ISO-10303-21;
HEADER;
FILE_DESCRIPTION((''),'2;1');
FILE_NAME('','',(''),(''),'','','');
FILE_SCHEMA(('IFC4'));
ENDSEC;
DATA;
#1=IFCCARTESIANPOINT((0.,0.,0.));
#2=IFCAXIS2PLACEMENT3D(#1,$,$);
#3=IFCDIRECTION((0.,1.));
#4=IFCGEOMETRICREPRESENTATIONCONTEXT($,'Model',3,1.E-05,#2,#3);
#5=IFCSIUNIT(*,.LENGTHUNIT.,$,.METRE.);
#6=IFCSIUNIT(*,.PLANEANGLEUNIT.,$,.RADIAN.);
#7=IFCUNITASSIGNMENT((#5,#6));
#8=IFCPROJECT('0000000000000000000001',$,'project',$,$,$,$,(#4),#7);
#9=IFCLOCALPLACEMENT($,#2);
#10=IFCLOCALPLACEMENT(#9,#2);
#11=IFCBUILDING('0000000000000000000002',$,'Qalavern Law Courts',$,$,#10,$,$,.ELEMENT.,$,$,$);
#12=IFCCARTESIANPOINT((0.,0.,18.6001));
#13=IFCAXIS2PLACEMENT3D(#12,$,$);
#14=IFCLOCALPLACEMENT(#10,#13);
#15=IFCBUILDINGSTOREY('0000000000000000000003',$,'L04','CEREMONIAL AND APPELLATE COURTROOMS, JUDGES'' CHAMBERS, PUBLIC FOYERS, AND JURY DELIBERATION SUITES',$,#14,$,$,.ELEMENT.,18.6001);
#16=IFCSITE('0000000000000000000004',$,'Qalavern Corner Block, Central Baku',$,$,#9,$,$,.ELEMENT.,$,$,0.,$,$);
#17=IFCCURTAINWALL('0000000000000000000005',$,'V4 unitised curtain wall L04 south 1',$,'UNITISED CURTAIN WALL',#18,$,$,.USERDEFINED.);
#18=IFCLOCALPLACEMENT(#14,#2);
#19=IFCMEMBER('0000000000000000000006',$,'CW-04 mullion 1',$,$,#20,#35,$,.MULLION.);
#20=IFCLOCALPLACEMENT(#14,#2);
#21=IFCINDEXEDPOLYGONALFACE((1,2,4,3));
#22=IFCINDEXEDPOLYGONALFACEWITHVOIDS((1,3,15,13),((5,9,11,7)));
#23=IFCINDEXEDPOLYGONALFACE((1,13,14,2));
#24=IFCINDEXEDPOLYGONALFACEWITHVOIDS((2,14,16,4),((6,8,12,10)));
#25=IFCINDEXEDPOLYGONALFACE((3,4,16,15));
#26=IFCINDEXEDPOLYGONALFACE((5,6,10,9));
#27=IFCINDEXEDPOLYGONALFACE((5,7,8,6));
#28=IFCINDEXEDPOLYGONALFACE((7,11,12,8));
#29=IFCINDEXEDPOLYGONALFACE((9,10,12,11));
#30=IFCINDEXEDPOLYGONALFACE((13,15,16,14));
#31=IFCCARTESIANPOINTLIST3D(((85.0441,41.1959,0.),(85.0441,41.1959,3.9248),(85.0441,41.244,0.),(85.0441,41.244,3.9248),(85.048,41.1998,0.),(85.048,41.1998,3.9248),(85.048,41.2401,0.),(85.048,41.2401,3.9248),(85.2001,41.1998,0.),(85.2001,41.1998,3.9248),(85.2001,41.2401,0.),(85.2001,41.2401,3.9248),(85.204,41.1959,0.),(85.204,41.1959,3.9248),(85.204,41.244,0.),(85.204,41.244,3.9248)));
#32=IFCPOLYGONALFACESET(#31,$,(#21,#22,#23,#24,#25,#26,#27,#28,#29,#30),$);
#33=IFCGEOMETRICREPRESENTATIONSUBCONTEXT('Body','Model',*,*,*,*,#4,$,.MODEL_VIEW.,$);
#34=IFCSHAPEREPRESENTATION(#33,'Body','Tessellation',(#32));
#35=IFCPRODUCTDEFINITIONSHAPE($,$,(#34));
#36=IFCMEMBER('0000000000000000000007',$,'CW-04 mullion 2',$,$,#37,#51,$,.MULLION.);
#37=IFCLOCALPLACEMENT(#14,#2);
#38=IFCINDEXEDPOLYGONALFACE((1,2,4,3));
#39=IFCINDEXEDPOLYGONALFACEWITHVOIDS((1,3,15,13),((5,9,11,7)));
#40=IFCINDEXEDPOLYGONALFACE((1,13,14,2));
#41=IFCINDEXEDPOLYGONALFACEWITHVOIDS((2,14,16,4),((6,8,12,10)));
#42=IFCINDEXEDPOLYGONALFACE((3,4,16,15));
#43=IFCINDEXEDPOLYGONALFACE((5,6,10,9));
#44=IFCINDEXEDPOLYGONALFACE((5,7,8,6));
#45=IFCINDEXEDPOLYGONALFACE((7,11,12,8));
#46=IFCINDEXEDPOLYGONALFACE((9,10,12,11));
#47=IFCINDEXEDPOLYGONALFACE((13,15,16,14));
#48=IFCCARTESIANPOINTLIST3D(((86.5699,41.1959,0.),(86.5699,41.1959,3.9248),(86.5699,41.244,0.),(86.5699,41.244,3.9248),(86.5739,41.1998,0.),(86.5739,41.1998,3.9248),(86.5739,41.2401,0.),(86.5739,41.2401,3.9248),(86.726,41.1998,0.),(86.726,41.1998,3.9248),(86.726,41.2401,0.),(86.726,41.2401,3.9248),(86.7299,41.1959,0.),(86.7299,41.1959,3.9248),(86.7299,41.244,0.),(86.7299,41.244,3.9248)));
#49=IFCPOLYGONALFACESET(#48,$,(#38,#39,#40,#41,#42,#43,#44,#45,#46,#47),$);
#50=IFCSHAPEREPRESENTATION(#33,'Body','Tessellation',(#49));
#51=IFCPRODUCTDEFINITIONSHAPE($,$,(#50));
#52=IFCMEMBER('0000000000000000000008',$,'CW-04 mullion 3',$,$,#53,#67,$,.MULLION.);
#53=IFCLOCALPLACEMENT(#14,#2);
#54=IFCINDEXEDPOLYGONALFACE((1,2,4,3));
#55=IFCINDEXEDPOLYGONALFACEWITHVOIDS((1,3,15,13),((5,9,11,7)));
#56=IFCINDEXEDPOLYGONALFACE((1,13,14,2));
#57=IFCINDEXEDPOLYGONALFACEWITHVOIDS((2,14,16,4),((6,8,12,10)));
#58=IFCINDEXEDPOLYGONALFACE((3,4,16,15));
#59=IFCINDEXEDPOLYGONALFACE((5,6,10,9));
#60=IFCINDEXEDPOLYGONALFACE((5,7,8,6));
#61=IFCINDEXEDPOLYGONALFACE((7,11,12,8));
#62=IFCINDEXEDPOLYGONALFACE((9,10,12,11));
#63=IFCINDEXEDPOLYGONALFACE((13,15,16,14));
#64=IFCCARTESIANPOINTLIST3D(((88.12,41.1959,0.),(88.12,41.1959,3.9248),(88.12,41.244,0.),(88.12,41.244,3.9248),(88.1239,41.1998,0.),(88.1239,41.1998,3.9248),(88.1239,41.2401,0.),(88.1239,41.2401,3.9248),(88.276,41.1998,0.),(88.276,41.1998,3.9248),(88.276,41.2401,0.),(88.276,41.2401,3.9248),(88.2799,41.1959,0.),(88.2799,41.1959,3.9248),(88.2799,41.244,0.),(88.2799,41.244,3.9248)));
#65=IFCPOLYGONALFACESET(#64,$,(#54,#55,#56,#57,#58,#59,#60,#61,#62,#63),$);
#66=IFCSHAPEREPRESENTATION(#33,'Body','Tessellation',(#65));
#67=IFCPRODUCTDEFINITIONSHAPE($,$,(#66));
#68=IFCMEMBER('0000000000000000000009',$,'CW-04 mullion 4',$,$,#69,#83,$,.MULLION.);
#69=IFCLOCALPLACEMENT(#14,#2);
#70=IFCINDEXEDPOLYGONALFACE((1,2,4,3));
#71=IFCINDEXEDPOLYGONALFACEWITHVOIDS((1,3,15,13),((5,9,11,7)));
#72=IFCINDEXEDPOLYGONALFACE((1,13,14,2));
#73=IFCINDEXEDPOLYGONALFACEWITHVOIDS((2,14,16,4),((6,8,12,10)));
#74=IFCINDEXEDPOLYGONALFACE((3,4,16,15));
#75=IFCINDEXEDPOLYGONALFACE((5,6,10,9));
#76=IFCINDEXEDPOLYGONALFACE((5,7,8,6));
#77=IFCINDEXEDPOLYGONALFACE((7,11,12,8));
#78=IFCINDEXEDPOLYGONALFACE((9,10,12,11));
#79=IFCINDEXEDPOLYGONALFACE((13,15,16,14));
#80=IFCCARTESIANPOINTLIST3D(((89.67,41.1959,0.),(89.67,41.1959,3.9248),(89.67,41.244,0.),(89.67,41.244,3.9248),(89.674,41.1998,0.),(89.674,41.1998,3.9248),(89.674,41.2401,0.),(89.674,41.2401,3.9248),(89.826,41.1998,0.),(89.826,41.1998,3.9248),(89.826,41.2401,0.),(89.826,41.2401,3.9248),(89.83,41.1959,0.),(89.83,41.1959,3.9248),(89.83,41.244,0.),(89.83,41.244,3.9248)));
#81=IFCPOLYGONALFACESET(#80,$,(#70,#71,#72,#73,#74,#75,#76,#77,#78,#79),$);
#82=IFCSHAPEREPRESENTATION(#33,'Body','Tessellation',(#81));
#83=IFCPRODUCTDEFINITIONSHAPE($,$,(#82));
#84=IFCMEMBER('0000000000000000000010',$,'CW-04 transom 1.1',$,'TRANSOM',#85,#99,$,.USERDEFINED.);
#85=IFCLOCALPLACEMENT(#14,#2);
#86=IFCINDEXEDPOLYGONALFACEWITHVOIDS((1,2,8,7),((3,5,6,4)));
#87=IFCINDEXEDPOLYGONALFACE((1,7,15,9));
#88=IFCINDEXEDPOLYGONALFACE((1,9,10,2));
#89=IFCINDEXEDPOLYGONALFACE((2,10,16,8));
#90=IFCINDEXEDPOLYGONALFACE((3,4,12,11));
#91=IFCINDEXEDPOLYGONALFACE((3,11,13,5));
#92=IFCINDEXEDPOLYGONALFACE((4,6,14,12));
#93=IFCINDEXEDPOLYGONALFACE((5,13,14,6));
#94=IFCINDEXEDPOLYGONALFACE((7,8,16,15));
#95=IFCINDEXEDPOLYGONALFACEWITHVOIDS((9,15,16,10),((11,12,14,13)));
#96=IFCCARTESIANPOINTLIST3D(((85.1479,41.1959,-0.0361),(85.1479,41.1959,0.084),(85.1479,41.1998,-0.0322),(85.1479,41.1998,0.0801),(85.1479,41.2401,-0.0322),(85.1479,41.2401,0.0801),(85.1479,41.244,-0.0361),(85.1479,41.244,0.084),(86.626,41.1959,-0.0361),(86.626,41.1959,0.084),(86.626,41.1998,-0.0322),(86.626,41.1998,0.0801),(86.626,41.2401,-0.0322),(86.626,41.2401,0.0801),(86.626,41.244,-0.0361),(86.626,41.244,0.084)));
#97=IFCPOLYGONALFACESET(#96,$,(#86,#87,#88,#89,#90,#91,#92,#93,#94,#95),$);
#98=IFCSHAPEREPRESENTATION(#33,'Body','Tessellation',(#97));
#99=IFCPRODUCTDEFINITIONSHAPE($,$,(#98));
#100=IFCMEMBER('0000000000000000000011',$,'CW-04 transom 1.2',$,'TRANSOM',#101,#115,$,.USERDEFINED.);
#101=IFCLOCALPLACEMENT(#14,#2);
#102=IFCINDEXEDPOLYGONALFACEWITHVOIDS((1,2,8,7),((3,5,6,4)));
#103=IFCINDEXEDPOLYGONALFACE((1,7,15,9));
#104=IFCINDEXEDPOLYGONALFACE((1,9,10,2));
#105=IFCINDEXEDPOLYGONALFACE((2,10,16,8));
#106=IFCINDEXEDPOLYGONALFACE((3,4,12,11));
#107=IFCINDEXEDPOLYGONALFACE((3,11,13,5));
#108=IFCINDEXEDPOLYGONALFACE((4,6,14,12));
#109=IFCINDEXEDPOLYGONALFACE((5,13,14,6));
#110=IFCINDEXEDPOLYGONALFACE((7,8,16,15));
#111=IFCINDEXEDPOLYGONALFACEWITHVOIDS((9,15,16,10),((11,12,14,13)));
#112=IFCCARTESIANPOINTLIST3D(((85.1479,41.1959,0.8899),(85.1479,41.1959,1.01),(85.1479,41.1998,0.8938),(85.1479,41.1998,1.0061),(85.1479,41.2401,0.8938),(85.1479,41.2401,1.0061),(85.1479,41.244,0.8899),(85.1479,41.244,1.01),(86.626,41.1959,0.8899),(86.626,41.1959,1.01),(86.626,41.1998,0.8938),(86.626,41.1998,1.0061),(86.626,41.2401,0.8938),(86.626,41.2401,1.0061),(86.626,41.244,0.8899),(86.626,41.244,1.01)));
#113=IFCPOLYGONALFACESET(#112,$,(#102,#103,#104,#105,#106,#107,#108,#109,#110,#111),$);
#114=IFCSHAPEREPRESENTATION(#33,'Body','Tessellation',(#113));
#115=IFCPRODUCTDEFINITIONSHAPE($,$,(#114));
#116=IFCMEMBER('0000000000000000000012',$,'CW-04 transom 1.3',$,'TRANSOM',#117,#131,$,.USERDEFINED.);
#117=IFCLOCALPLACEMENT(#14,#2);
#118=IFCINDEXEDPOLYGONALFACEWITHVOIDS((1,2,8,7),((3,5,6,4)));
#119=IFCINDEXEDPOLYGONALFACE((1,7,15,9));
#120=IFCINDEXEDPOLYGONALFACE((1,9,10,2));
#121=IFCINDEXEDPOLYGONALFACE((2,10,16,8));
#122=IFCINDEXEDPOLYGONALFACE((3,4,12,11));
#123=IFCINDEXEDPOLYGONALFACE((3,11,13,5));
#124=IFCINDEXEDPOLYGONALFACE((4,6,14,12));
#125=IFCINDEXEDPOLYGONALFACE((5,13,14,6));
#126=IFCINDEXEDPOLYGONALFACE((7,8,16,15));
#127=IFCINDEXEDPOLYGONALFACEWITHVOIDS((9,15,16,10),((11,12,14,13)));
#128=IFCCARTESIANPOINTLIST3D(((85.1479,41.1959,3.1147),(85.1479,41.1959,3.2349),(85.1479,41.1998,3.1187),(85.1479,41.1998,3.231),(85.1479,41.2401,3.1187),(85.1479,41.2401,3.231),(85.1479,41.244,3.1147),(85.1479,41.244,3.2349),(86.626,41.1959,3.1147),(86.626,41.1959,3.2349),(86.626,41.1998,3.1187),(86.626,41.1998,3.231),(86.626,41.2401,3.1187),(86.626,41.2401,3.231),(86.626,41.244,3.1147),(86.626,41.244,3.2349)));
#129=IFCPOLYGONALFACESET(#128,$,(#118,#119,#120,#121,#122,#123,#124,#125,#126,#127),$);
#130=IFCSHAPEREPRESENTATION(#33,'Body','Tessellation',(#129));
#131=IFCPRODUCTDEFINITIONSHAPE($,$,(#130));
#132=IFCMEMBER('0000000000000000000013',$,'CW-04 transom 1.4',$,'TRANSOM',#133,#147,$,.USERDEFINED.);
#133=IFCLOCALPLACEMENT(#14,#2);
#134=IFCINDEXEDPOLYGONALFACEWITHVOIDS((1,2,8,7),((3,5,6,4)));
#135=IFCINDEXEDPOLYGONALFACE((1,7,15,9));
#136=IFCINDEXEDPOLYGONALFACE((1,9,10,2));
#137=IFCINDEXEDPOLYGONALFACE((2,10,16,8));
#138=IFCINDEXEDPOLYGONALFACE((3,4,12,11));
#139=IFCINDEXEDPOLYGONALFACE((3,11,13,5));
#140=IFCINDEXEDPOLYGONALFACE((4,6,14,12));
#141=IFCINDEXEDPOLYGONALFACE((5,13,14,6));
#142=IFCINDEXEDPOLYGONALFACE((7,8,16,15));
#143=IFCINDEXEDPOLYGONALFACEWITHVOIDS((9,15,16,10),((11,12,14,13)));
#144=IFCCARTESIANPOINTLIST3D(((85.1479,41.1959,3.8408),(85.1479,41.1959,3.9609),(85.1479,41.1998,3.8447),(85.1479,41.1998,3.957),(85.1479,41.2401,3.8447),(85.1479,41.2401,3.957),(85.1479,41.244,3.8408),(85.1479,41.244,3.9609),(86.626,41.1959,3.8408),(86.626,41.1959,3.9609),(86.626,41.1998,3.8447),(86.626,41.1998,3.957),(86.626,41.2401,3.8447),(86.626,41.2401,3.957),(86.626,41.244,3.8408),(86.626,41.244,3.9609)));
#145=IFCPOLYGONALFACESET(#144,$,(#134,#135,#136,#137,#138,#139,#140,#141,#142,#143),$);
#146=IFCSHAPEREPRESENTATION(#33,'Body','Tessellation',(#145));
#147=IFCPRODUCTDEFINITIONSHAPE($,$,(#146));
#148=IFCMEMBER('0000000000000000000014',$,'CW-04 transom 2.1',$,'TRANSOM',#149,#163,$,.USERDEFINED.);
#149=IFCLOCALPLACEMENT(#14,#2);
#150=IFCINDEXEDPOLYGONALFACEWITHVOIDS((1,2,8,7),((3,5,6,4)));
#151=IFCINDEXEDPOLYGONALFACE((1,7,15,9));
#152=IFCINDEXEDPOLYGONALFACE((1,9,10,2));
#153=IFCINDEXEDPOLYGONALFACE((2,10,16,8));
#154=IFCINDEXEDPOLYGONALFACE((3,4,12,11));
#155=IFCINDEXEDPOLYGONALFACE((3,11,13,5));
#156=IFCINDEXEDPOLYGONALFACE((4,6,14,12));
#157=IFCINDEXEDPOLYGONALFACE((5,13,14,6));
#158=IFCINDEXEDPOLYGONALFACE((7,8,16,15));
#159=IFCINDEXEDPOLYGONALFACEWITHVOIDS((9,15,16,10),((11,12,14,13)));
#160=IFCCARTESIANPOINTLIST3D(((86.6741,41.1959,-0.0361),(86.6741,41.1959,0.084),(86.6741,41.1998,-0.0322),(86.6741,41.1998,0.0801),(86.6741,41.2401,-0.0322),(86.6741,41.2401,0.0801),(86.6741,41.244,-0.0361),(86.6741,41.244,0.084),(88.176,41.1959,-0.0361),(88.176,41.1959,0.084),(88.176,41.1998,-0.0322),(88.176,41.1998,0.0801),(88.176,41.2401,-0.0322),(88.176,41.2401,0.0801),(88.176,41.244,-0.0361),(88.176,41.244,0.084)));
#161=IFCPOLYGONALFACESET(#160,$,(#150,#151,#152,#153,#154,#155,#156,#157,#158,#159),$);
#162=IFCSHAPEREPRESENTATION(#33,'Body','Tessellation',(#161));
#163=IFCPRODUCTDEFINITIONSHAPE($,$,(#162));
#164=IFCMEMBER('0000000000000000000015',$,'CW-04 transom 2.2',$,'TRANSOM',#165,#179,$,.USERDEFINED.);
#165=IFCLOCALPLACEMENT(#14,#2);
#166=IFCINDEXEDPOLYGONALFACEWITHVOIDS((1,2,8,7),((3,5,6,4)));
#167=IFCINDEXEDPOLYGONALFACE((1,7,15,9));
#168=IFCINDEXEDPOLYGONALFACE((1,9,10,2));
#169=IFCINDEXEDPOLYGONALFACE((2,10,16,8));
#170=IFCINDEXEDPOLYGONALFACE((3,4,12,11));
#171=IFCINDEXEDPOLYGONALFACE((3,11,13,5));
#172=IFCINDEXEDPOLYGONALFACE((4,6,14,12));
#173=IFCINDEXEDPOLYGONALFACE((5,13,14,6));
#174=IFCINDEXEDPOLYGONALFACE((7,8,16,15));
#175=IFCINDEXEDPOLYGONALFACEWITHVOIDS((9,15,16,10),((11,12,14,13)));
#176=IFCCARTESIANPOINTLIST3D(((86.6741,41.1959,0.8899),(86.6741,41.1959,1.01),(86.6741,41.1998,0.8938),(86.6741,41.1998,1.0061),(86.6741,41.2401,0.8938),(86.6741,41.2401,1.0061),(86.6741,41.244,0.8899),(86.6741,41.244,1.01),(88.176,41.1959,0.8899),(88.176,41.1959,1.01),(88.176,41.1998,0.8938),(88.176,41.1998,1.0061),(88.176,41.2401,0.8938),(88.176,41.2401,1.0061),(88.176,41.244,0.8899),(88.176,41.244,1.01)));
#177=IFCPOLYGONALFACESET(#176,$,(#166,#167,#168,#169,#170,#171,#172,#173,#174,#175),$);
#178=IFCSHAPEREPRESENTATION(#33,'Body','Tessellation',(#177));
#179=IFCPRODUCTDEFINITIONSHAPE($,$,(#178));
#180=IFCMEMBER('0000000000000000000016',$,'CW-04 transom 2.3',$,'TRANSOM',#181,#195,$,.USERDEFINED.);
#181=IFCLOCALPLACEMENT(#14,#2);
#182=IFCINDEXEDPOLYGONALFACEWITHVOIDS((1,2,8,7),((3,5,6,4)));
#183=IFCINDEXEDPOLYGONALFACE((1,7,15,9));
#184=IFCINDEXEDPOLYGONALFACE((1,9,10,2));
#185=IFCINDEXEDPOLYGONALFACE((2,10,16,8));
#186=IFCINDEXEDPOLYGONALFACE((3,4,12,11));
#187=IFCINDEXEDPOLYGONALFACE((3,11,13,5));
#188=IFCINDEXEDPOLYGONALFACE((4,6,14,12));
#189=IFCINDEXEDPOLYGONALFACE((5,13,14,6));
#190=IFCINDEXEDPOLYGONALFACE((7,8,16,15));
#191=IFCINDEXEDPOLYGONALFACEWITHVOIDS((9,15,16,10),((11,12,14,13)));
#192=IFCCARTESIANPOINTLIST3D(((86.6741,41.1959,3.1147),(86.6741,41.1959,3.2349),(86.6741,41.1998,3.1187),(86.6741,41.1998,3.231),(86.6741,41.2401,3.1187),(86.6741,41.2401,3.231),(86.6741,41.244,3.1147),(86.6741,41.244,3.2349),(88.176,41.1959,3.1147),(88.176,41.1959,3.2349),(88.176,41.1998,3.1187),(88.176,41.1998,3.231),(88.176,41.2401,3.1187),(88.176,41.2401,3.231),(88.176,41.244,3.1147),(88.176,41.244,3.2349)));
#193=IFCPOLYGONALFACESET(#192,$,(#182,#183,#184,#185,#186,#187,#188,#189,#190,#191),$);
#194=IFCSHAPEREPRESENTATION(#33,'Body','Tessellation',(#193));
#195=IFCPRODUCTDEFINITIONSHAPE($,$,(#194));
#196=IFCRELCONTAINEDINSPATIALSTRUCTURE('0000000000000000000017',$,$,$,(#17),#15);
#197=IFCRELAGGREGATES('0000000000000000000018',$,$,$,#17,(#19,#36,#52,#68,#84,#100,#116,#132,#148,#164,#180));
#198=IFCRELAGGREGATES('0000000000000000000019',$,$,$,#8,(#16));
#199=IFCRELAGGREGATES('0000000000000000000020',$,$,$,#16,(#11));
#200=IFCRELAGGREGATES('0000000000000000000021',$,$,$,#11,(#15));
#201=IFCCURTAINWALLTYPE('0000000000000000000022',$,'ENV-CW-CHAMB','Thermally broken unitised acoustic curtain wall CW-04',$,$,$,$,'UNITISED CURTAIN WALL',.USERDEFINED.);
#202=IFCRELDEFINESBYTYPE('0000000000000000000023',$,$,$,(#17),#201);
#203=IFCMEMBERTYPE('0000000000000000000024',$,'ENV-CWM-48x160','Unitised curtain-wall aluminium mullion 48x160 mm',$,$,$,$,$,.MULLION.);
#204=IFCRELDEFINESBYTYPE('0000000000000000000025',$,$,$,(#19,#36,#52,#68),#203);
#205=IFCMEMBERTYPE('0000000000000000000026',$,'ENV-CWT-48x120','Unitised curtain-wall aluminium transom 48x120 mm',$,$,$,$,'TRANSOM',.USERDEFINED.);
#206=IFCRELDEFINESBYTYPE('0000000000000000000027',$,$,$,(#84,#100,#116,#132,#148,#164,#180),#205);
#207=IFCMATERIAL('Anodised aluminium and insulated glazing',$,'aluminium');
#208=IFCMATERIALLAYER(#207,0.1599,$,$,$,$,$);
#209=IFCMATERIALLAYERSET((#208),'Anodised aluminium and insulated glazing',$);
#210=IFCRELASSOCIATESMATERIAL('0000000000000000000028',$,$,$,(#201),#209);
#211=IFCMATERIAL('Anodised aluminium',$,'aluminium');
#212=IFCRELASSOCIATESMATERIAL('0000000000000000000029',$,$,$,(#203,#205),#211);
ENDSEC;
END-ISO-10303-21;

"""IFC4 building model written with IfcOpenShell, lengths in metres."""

from ifc_helpers import new_model, si_unit, direction, frame, origin, origin_2d, place, context, subcontext, project, spatial, hollow_rectangle, extrude, material, layer, layer_set, material_profile, profile_set, type_object, element, aggregate, save


model = new_model("IFC4")

# Units and contexts
model_context = context("Model", 3, precision=1e-05, world=origin(), true_north=direction((0.0, 1.0)))
body_context = subcontext(model_context, "Body", "Model", "MODEL_VIEW")
ifc_project = project(units=[si_unit("LENGTHUNIT", "METRE"), si_unit("PLANEANGLEUNIT", "RADIAN")], contexts=[model_context])

# Site, building, storey
site_placement = place(None, origin())
site = spatial("IfcSite", under=ifc_project, at=site_placement, Name="Qalavern Corner Block, Central Baku", CompositionType="ELEMENT", RefElevation=0.0)
building_placement = place(site_placement, origin())
building = spatial("IfcBuilding", under=site, at=building_placement, Name="Qalavern Law Courts", CompositionType="ELEMENT")
storey_placement = place(building_placement, frame((0.0, 0.0, 18.6001)))
storey = spatial("IfcBuildingStorey", under=building, at=storey_placement, Name="L04", Description="CEREMONIAL AND APPELLATE COURTROOMS, JUDGES' CHAMBERS, PUBLIC FOYERS, AND JURY DELIBERATION SUITES", CompositionType="ELEMENT", Elevation=18.6001)

# Curtain wall, members
ifc_material_1 = material(Name="Anodised aluminium and insulated glazing", Category="aluminium")
ifc_layer_1 = layer(ifc_material_1, 0.1599)
ifc_layer_set_1 = layer_set([ifc_layer_1], Name="Anodised aluminium and insulated glazing")
curtain_wall_type = type_object("IfcCurtainWallType", Name="ENV-CW-CHAMB", Description="Thermally broken unitised acoustic curtain wall CW-04", ElementType="UNITISED CURTAIN WALL", PredefinedType="USERDEFINED", material=ifc_layer_set_1)
curtain_wall_placement = place(storey_placement, origin())
curtain_wall = element("IfcCurtainWall", 1, at=curtain_wall_placement, inside=storey, type_object=curtain_wall_type, Name="V4 unitised curtain wall L04 south 1", ObjectType="UNITISED CURTAIN WALL", PredefinedType="USERDEFINED")
ifc_material_2 = material(Name="Anodised aluminium", Category="aluminium")
ifc_material_profile_1 = material_profile(ifc_material_2, hollow_rectangle(XDim=0.0481, YDim=0.1599, WallThickness=0.0039, at=origin_2d()), Name="ALU MULLION 48x160")
ifc_profile_set_1 = profile_set([ifc_material_profile_1], Name="Anodised aluminium")
member_type_1 = type_object("IfcMemberType", Name="ENV-CWM-48x160", Description="Unitised curtain-wall aluminium mullion 48x160 mm", PredefinedType="MULLION", material=ifc_profile_set_1)
member_1_placement = place(storey_placement, frame((85.124, 41.22, 0.0), z_axis=(0.0, 0.0, 1.0), x_axis=(0.0, 1.0, 0.0)))
member_1 = element("IfcMember", 2, at=member_1_placement, type_object=member_type_1, Name="CW-04 mullion 1", PredefinedType="MULLION", context=body_context, shape_type="SweptSolid", body=[
    extrude(hollow_rectangle(XDim=0.0481, YDim=0.1599, WallThickness=0.0039, at=origin_2d()), origin(), (0.0, 0.0, 1.0), 3.9248),
])
member_2_placement = place(storey_placement, frame((86.6499, 41.22, 0.0), z_axis=(0.0, 0.0, 1.0), x_axis=(0.0, 1.0, 0.0)))
member_2 = element("IfcMember", 3, at=member_2_placement, type_object=member_type_1, Name="CW-04 mullion 2", PredefinedType="MULLION", context=body_context, shape_type="SweptSolid", body=[
    extrude(hollow_rectangle(XDim=0.0481, YDim=0.1599, WallThickness=0.0039, at=origin_2d()), origin(), (0.0, 0.0, 1.0), 3.9248),
])
member_3_placement = place(storey_placement, frame((88.2, 41.22, 0.0), z_axis=(0.0, 0.0, 1.0), x_axis=(0.0, 1.0, 0.0)))
member_3 = element("IfcMember", 4, at=member_3_placement, type_object=member_type_1, Name="CW-04 mullion 3", PredefinedType="MULLION", context=body_context, shape_type="SweptSolid", body=[
    extrude(hollow_rectangle(XDim=0.0481, YDim=0.1599, WallThickness=0.0039, at=origin_2d()), origin(), (0.0, 0.0, 1.0), 3.9248),
])
member_4_placement = place(storey_placement, frame((89.75, 41.22, 0.0), z_axis=(0.0, 0.0, 1.0), x_axis=(0.0, 1.0, 0.0)))
member_4 = element("IfcMember", 5, at=member_4_placement, type_object=member_type_1, Name="CW-04 mullion 4", PredefinedType="MULLION", context=body_context, shape_type="SweptSolid", body=[
    extrude(hollow_rectangle(XDim=0.0481, YDim=0.1599, WallThickness=0.0039, at=origin_2d()), origin(), (0.0, 0.0, 1.0), 3.9248),
])
ifc_material_profile_2 = material_profile(ifc_material_2, hollow_rectangle(XDim=0.0481, YDim=0.1201, WallThickness=0.0039, at=origin_2d()), Name="ALU TRANSOM 48x120")
ifc_profile_set_2 = profile_set([ifc_material_profile_2], Name="Anodised aluminium")
member_type_2 = type_object("IfcMemberType", Name="ENV-CWT-48x120", Description="Unitised curtain-wall aluminium transom 48x120 mm", ElementType="TRANSOM", PredefinedType="USERDEFINED", material=ifc_profile_set_2)
member_5_placement = place(storey_placement, frame((85.1479, 41.22, 0.0239), z_axis=(1.0, 0.0, 0.0), x_axis=(0.0, 1.0, 0.0)))
member_5 = element("IfcMember", 6, at=member_5_placement, type_object=member_type_2, Name="CW-04 transom 1.1", ObjectType="TRANSOM", PredefinedType="USERDEFINED", context=body_context, shape_type="SweptSolid", body=[
    extrude(hollow_rectangle(XDim=0.0481, YDim=0.1201, WallThickness=0.0039, at=origin_2d()), origin(), (0.0, 0.0, 1.0), 1.478),
])
member_6_placement = place(storey_placement, frame((85.1479, 41.22, 0.95), z_axis=(1.0, 0.0, 0.0), x_axis=(0.0, 1.0, 0.0)))
member_6 = element("IfcMember", 7, at=member_6_placement, type_object=member_type_2, Name="CW-04 transom 1.2", ObjectType="TRANSOM", PredefinedType="USERDEFINED", context=body_context, shape_type="SweptSolid", body=[
    extrude(hollow_rectangle(XDim=0.0481, YDim=0.1201, WallThickness=0.0039, at=origin_2d()), origin(), (0.0, 0.0, 1.0), 1.478),
])
member_7_placement = place(storey_placement, frame((85.1479, 41.22, 3.1748), z_axis=(1.0, 0.0, 0.0), x_axis=(0.0, 1.0, 0.0)))
member_7 = element("IfcMember", 8, at=member_7_placement, type_object=member_type_2, Name="CW-04 transom 1.3", ObjectType="TRANSOM", PredefinedType="USERDEFINED", context=body_context, shape_type="SweptSolid", body=[
    extrude(hollow_rectangle(XDim=0.0481, YDim=0.1201, WallThickness=0.0039, at=origin_2d()), origin(), (0.0, 0.0, 1.0), 1.478),
])
member_8_placement = place(storey_placement, frame((85.1479, 41.22, 3.9009), z_axis=(1.0, 0.0, 0.0), x_axis=(0.0, 1.0, 0.0)))
member_8 = element("IfcMember", 9, at=member_8_placement, type_object=member_type_2, Name="CW-04 transom 1.4", ObjectType="TRANSOM", PredefinedType="USERDEFINED", context=body_context, shape_type="SweptSolid", body=[
    extrude(hollow_rectangle(XDim=0.0481, YDim=0.1201, WallThickness=0.0039, at=origin_2d()), origin(), (0.0, 0.0, 1.0), 1.478),
])
member_9_placement = place(storey_placement, frame((86.6741, 41.22, 0.0239), z_axis=(1.0, 0.0, 0.0), x_axis=(0.0, 1.0, 0.0)))
member_9 = element("IfcMember", 10, at=member_9_placement, type_object=member_type_2, Name="CW-04 transom 2.1", ObjectType="TRANSOM", PredefinedType="USERDEFINED", context=body_context, shape_type="SweptSolid", body=[
    extrude(hollow_rectangle(XDim=0.0481, YDim=0.1201, WallThickness=0.0039, at=origin_2d()), origin(), (0.0, 0.0, 1.0), 1.502),
])
member_10_placement = place(storey_placement, frame((86.6741, 41.22, 0.95), z_axis=(1.0, 0.0, 0.0), x_axis=(0.0, 1.0, 0.0)))
member_10 = element("IfcMember", 11, at=member_10_placement, type_object=member_type_2, Name="CW-04 transom 2.2", ObjectType="TRANSOM", PredefinedType="USERDEFINED", context=body_context, shape_type="SweptSolid", body=[
    extrude(hollow_rectangle(XDim=0.0481, YDim=0.1201, WallThickness=0.0039, at=origin_2d()), origin(), (0.0, 0.0, 1.0), 1.502),
])
member_11_placement = place(storey_placement, frame((86.6741, 41.22, 3.1748), z_axis=(1.0, 0.0, 0.0), x_axis=(0.0, 1.0, 0.0)))
member_11 = element("IfcMember", 12, at=member_11_placement, type_object=member_type_2, Name="CW-04 transom 2.3", ObjectType="TRANSOM", PredefinedType="USERDEFINED", context=body_context, shape_type="SweptSolid", body=[
    extrude(hollow_rectangle(XDim=0.0481, YDim=0.1201, WallThickness=0.0039, at=origin_2d()), origin(), (0.0, 0.0, 1.0), 1.502),
])
aggregate(curtain_wall, [member_1, member_2, member_3, member_4, member_5, member_6, member_7, member_8, member_9, member_10, member_11])

save(model, "model.ifc")
